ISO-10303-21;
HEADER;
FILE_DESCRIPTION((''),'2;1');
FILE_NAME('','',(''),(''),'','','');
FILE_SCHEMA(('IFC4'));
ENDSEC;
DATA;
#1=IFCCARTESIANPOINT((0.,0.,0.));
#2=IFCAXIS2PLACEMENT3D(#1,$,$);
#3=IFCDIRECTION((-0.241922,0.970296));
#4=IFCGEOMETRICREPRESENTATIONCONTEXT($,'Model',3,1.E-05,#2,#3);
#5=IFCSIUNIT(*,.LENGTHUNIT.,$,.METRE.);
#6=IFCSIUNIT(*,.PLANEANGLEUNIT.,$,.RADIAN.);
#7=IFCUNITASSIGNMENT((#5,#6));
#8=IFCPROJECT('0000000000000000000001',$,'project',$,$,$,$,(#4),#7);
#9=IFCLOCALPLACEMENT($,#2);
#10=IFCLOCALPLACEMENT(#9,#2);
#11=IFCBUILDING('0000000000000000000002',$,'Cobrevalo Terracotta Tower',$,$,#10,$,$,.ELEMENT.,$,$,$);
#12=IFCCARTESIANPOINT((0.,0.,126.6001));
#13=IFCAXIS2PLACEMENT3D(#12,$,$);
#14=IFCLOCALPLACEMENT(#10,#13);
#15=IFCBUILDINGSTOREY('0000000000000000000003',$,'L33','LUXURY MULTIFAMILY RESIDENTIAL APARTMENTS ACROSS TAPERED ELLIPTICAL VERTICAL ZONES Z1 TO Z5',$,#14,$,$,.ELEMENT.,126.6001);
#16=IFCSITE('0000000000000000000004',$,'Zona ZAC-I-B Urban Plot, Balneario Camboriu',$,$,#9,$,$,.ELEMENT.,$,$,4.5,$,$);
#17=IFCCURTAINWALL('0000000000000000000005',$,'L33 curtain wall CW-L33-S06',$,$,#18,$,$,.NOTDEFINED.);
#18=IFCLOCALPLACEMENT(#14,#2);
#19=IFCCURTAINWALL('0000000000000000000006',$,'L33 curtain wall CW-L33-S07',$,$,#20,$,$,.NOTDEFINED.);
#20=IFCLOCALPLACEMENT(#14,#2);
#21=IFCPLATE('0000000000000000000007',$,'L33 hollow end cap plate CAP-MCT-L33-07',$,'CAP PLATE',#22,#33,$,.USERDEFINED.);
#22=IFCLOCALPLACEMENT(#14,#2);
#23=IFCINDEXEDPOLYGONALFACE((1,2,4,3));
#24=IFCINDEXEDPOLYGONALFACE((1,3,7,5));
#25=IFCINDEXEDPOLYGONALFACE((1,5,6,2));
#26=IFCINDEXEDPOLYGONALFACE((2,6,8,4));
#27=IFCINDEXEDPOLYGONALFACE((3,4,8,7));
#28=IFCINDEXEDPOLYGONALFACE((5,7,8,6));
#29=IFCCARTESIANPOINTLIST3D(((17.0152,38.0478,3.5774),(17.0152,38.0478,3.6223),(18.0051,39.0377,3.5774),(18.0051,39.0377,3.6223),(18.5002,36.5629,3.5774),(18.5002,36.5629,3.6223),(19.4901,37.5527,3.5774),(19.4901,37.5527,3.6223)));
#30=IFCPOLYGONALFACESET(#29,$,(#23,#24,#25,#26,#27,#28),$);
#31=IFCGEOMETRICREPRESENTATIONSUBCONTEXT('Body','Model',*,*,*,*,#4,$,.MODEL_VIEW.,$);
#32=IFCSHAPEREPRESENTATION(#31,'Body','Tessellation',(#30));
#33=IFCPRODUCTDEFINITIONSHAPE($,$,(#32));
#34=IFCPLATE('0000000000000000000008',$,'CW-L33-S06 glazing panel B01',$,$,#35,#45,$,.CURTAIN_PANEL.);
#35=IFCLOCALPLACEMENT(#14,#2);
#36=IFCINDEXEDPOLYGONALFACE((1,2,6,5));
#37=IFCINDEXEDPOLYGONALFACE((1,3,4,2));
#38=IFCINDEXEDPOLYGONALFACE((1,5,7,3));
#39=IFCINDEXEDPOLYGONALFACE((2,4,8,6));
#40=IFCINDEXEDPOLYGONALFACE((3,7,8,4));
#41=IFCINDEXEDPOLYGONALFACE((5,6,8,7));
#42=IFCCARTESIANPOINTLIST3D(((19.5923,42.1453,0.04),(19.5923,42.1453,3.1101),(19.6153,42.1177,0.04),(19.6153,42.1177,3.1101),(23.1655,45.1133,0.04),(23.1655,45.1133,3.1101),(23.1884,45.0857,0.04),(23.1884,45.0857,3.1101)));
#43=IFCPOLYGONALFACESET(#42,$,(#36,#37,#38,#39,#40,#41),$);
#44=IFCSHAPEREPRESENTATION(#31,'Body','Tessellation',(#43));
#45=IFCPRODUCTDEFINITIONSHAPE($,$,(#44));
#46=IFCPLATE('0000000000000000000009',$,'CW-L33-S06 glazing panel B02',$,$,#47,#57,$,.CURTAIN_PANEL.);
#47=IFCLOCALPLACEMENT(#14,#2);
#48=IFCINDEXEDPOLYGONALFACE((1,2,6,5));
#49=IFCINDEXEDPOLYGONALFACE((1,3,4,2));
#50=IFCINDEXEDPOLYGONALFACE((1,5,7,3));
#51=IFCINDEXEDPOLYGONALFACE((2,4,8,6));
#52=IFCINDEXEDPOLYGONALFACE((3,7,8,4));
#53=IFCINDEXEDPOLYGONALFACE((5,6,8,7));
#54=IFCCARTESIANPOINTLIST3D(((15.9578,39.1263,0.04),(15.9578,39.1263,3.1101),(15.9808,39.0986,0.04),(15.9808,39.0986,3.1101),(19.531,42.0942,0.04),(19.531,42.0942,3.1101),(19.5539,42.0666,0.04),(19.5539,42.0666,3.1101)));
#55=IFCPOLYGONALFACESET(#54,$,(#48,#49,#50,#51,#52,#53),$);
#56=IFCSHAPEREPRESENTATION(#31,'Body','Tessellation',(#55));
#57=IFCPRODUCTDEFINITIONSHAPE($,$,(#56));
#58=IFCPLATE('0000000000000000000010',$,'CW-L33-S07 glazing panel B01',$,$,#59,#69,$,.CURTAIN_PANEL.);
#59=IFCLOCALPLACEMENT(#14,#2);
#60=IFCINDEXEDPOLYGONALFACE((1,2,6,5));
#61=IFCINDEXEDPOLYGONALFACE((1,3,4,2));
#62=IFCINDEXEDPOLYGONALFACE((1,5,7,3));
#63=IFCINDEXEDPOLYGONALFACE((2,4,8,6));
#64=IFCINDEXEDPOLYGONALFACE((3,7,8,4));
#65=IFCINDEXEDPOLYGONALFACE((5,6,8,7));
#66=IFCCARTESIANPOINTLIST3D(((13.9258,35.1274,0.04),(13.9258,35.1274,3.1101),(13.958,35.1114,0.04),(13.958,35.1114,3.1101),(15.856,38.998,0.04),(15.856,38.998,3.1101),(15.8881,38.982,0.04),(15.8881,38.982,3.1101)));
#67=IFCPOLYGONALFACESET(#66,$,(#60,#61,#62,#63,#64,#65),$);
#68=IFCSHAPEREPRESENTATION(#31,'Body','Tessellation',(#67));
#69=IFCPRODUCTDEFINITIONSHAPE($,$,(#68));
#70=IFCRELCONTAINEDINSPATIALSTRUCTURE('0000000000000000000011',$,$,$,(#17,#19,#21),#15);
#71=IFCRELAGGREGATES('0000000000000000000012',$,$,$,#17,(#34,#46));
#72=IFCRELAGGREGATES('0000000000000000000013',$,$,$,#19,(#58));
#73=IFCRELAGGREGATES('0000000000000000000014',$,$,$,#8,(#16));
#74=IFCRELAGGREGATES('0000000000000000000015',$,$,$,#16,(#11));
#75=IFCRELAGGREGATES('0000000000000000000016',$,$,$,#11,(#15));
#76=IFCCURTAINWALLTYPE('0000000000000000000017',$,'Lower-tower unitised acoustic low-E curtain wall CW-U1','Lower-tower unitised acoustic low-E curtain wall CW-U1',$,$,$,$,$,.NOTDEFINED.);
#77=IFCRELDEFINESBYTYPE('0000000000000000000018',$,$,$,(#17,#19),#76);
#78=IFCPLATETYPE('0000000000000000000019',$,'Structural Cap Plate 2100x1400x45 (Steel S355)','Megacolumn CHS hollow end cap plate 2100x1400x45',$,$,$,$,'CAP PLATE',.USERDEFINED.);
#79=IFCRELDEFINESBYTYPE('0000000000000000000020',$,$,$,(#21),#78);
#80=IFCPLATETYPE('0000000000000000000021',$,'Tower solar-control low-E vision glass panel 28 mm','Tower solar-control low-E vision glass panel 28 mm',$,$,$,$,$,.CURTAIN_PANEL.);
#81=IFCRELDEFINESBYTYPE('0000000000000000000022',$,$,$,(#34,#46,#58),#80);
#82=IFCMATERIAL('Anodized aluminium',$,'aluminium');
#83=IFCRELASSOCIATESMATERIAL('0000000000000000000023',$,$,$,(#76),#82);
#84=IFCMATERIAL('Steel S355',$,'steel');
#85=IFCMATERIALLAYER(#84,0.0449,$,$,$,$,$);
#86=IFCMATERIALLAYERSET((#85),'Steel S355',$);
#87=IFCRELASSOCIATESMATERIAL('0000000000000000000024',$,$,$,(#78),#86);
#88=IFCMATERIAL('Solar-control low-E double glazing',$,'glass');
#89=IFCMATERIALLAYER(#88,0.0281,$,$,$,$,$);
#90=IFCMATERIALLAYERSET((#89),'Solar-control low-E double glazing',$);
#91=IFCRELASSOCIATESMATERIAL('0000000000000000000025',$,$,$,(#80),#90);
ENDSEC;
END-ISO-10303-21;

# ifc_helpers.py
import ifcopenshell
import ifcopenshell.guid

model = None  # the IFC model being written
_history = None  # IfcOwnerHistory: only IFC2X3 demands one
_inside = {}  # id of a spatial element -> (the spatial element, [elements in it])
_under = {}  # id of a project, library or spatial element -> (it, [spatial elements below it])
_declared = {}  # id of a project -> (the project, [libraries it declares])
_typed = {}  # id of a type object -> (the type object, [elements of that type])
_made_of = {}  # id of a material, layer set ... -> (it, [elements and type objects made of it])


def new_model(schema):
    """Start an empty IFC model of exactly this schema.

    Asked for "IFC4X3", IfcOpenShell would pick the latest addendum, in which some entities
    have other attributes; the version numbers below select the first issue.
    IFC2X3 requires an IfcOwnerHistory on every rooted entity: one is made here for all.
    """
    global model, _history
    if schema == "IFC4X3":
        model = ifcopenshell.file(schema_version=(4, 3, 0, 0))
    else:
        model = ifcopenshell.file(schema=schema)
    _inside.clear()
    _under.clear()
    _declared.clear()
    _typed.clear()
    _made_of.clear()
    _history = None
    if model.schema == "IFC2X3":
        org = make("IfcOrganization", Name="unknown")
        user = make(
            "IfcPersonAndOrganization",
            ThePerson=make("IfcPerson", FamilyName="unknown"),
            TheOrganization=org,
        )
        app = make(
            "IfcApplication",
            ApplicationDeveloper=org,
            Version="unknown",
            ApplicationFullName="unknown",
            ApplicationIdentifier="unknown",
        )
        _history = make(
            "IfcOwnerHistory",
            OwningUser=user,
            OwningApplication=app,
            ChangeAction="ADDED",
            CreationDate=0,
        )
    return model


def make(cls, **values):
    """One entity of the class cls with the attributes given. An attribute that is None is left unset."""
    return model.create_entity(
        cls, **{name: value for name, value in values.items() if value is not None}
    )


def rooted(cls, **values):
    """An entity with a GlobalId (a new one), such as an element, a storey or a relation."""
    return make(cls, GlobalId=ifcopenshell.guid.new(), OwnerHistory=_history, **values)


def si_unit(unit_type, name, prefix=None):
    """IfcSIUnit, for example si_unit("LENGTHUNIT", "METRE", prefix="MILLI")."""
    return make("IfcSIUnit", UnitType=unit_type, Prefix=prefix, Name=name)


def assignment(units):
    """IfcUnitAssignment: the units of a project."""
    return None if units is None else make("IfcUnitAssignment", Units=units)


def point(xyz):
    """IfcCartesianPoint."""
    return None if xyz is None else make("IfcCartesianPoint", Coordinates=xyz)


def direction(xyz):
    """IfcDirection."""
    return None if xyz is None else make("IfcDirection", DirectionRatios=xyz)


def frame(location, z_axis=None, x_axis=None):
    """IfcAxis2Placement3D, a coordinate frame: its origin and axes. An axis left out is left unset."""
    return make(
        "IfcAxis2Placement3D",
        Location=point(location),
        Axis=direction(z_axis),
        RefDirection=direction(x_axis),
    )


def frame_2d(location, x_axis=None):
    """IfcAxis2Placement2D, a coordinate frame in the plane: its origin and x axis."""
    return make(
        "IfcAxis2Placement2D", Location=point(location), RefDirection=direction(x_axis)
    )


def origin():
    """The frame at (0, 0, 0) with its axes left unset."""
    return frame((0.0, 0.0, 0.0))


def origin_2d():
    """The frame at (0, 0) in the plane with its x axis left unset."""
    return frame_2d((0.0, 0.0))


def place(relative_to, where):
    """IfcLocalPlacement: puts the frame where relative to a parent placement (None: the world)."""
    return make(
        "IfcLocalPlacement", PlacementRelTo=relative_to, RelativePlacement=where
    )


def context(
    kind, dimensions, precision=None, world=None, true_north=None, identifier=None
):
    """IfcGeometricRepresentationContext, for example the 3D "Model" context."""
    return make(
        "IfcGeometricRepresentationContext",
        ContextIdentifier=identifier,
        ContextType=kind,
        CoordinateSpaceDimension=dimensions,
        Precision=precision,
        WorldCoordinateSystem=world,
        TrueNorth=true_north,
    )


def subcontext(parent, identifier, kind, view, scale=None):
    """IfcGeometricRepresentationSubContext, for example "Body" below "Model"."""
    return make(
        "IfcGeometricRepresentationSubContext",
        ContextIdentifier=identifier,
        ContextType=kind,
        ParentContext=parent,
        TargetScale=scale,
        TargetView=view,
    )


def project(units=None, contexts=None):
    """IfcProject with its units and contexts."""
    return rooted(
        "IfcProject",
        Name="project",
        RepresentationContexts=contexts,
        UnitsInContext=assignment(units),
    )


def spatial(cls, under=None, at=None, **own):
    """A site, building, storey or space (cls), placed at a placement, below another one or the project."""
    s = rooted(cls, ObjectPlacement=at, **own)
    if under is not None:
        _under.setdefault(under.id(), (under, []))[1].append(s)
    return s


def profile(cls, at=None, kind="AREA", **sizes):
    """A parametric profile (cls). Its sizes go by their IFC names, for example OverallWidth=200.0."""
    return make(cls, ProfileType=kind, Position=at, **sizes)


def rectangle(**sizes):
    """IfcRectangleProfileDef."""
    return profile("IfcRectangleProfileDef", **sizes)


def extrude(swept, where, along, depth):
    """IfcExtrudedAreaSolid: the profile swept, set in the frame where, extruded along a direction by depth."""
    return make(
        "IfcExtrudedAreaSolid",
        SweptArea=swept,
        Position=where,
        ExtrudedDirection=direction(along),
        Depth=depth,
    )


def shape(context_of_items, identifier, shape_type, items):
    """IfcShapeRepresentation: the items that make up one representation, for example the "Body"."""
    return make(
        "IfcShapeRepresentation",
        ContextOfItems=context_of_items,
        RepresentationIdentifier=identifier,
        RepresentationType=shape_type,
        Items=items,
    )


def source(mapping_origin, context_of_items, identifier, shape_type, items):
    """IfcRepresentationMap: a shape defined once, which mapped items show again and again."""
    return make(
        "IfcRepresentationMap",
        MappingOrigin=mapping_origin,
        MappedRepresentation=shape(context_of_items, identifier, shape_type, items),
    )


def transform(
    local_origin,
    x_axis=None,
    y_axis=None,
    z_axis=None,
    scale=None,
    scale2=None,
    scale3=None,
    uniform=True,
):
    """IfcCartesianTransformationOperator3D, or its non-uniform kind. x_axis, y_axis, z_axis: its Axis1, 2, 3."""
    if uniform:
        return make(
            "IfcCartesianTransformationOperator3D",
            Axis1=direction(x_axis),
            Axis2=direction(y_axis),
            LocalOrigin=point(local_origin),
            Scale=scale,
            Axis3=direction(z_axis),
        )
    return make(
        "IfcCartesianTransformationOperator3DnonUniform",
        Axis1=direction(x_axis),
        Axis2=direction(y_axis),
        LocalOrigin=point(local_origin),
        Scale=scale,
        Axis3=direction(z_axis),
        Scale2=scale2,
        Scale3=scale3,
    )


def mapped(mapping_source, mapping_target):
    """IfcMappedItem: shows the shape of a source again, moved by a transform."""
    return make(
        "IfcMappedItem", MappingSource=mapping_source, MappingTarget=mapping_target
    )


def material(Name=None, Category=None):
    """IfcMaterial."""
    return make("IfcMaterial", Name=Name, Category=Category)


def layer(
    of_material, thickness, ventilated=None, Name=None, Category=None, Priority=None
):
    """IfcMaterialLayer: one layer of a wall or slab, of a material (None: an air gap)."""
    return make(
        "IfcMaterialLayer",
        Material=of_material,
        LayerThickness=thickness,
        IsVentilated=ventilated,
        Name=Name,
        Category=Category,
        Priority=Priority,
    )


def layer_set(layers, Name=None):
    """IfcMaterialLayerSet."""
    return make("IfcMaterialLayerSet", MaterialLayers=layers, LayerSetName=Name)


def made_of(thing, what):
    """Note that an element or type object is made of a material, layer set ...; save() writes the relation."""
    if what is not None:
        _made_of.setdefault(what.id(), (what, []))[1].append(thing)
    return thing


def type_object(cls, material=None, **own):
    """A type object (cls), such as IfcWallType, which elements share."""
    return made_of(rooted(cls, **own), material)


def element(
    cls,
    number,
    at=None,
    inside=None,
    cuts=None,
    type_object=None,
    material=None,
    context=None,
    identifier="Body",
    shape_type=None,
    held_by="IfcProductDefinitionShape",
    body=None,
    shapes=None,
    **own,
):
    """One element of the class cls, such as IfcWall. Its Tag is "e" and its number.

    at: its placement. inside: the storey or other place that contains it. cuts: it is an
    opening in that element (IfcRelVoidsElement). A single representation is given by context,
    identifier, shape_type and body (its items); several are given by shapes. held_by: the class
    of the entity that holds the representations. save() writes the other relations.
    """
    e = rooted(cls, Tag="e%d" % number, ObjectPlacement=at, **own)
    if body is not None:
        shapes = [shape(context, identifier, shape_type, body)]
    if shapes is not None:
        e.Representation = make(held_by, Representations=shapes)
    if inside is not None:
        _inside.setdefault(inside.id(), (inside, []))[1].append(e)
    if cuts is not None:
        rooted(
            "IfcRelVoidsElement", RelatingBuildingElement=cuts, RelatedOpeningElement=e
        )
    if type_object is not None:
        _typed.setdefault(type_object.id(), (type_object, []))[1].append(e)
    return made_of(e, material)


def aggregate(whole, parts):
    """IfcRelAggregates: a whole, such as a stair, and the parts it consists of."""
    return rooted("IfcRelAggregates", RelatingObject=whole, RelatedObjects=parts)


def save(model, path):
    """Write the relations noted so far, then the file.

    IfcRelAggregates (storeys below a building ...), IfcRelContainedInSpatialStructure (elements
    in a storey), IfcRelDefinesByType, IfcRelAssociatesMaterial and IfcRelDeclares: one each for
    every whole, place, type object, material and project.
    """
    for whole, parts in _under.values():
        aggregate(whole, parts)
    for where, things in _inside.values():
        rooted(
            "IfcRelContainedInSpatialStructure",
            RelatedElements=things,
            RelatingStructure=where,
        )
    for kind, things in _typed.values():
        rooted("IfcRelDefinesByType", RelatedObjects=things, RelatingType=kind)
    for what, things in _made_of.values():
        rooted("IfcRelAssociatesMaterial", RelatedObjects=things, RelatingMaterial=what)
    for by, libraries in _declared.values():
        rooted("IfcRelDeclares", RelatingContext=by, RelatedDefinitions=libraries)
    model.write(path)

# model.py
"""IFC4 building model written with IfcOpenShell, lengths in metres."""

from ifc_helpers import new_model, si_unit, direction, frame, origin, origin_2d, place, context, subcontext, project, spatial, rectangle, extrude, source, transform, mapped, material, layer, layer_set, type_object, element, aggregate, save


model = new_model("IFC4")

# Units and contexts
model_context = context("Model", 3, precision=1e-05, world=origin(), true_north=direction((-0.241922, 0.970296)))
body_context = subcontext(model_context, "Body", "Model", "MODEL_VIEW")
ifc_project = project(units=[si_unit("LENGTHUNIT", "METRE"), si_unit("PLANEANGLEUNIT", "RADIAN")], contexts=[model_context])

# Site, building, storey
site_placement = place(None, origin())
site = spatial("IfcSite", under=ifc_project, at=site_placement, Name="Zona ZAC-I-B Urban Plot, Balneario Camboriu", CompositionType="ELEMENT", RefElevation=4.5)
building_placement = place(site_placement, origin())
building = spatial("IfcBuilding", under=site, at=building_placement, Name="Cobrevalo Terracotta Tower", CompositionType="ELEMENT")
storey_placement = place(building_placement, frame((0.0, 0.0, 126.6001)))
storey = spatial("IfcBuildingStorey", under=building, at=storey_placement, Name="L33", Description="LUXURY MULTIFAMILY RESIDENTIAL APARTMENTS ACROSS TAPERED ELLIPTICAL VERTICAL ZONES Z1 TO Z5", CompositionType="ELEMENT", Elevation=126.6001)

# Shared definitions
ifc_material_1 = material(Name="Steel S355", Category="steel")

# Curtain walls
ifc_material_2 = material(Name="Anodized aluminium", Category="aluminium")
curtain_wall_type = type_object("IfcCurtainWallType", Name="Lower-tower unitised acoustic low-E curtain wall CW-U1", Description="Lower-tower unitised acoustic low-E curtain wall CW-U1", PredefinedType="NOTDEFINED", material=ifc_material_2)
curtain_wall_1_placement = place(storey_placement, origin())
curtain_wall_1 = element("IfcCurtainWall", 1, at=curtain_wall_1_placement, inside=storey, type_object=curtain_wall_type, Name="L33 curtain wall CW-L33-S06", PredefinedType="NOTDEFINED")
curtain_wall_2_placement = place(storey_placement, origin())
curtain_wall_2 = element("IfcCurtainWall", 2, at=curtain_wall_2_placement, inside=storey, type_object=curtain_wall_type, Name="L33 curtain wall CW-L33-S07", PredefinedType="NOTDEFINED")

# Plates
ifc_layer_1 = layer(ifc_material_1, 0.0449)
ifc_layer_set_1 = layer_set([ifc_layer_1], Name="Steel S355")
plate_type_1 = type_object("IfcPlateType", Name="Structural Cap Plate 2100x1400x45 (Steel S355)", Description="Megacolumn CHS hollow end cap plate 2100x1400x45", ElementType="CAP PLATE", PredefinedType="USERDEFINED", material=ifc_layer_set_1)
shared_shape_1 = source(origin(), body_context, "Body", "SweptSolid", [
    extrude(rectangle(XDim=2.1001, YDim=1.3999, at=origin_2d()), origin(), (0.0, 0.0, 1.0), 0.0449),
])
plate_1_placement = place(storey_placement, frame((18.2527, 37.8003, 3.5774), z_axis=(0.0, 0.0, 1.0), x_axis=(-0.707107, 0.707107, 0.0)))
element("IfcPlate", 3, at=plate_1_placement, inside=storey, type_object=plate_type_1, Name="L33 hollow end cap plate CAP-MCT-L33-07", ObjectType="CAP PLATE", PredefinedType="USERDEFINED", context=body_context, shape_type="MappedRepresentation", body=[
    mapped(shared_shape_1, transform((0.0, 0.0, 0.0), scale=1.0)),
])
ifc_material_3 = material(Name="Solar-control low-E double glazing", Category="glass")
ifc_layer_2 = layer(ifc_material_3, 0.0281)
ifc_layer_set_2 = layer_set([ifc_layer_2], Name="Solar-control low-E double glazing")
plate_type_2 = type_object("IfcPlateType", Name="Tower solar-control low-E vision glass panel 28 mm", Description="Tower solar-control low-E vision glass panel 28 mm", PredefinedType="CURTAIN_PANEL", material=ifc_layer_set_2)
shared_shape_2 = source(origin(), body_context, "Body", "SweptSolid", [
    extrude(rectangle(XDim=4.645, YDim=0.0359, at=origin_2d()), origin(), (0.0, 0.0, 1.0), 3.0701),
])
plate_2_placement = place(storey_placement, frame((21.3904, 43.6155, 0.04), z_axis=(0.0, 0.0, 1.0), x_axis=(-0.769241, -0.638958, 0.0)))
plate_2 = element("IfcPlate", 4, at=plate_2_placement, type_object=plate_type_2, Name="CW-L33-S06 glazing panel B01", PredefinedType="CURTAIN_PANEL", context=body_context, shape_type="MappedRepresentation", body=[
    mapped(shared_shape_2, transform((0.0, 0.0, 0.0), scale=1.0)),
])
plate_3_placement = place(storey_placement, frame((17.7559, 40.5964, 0.04), z_axis=(0.0, 0.0, 1.0), x_axis=(-0.769241, -0.638958, 0.0)))
plate_3 = element("IfcPlate", 5, at=plate_3_placement, type_object=plate_type_2, Name="CW-L33-S06 glazing panel B02", PredefinedType="CURTAIN_PANEL", context=body_context, shape_type="MappedRepresentation", body=[
    mapped(shared_shape_2, transform((0.0, 0.0, 0.0), scale=1.0)),
])
aggregate(curtain_wall_1, [plate_2, plate_3])
shared_shape_3 = source(origin(), body_context, "Body", "SweptSolid", [
    extrude(rectangle(XDim=4.3252, YDim=0.0359, at=origin_2d()), origin(), (0.0, 0.0, 1.0), 3.0701),
])
plate_4_placement = place(storey_placement, frame((14.907, 37.0547, 0.04), z_axis=(0.0, 0.0, 1.0), x_axis=(-0.446262, -0.894902, 0.0)))
plate_4 = element("IfcPlate", 6, at=plate_4_placement, type_object=plate_type_2, Name="CW-L33-S07 glazing panel B01", PredefinedType="CURTAIN_PANEL", context=body_context, shape_type="MappedRepresentation", body=[
    mapped(shared_shape_3, transform((0.0, 0.0, 0.0), scale=1.0)),
])
aggregate(curtain_wall_2, [plate_4])

save(model, "model.ifc")
